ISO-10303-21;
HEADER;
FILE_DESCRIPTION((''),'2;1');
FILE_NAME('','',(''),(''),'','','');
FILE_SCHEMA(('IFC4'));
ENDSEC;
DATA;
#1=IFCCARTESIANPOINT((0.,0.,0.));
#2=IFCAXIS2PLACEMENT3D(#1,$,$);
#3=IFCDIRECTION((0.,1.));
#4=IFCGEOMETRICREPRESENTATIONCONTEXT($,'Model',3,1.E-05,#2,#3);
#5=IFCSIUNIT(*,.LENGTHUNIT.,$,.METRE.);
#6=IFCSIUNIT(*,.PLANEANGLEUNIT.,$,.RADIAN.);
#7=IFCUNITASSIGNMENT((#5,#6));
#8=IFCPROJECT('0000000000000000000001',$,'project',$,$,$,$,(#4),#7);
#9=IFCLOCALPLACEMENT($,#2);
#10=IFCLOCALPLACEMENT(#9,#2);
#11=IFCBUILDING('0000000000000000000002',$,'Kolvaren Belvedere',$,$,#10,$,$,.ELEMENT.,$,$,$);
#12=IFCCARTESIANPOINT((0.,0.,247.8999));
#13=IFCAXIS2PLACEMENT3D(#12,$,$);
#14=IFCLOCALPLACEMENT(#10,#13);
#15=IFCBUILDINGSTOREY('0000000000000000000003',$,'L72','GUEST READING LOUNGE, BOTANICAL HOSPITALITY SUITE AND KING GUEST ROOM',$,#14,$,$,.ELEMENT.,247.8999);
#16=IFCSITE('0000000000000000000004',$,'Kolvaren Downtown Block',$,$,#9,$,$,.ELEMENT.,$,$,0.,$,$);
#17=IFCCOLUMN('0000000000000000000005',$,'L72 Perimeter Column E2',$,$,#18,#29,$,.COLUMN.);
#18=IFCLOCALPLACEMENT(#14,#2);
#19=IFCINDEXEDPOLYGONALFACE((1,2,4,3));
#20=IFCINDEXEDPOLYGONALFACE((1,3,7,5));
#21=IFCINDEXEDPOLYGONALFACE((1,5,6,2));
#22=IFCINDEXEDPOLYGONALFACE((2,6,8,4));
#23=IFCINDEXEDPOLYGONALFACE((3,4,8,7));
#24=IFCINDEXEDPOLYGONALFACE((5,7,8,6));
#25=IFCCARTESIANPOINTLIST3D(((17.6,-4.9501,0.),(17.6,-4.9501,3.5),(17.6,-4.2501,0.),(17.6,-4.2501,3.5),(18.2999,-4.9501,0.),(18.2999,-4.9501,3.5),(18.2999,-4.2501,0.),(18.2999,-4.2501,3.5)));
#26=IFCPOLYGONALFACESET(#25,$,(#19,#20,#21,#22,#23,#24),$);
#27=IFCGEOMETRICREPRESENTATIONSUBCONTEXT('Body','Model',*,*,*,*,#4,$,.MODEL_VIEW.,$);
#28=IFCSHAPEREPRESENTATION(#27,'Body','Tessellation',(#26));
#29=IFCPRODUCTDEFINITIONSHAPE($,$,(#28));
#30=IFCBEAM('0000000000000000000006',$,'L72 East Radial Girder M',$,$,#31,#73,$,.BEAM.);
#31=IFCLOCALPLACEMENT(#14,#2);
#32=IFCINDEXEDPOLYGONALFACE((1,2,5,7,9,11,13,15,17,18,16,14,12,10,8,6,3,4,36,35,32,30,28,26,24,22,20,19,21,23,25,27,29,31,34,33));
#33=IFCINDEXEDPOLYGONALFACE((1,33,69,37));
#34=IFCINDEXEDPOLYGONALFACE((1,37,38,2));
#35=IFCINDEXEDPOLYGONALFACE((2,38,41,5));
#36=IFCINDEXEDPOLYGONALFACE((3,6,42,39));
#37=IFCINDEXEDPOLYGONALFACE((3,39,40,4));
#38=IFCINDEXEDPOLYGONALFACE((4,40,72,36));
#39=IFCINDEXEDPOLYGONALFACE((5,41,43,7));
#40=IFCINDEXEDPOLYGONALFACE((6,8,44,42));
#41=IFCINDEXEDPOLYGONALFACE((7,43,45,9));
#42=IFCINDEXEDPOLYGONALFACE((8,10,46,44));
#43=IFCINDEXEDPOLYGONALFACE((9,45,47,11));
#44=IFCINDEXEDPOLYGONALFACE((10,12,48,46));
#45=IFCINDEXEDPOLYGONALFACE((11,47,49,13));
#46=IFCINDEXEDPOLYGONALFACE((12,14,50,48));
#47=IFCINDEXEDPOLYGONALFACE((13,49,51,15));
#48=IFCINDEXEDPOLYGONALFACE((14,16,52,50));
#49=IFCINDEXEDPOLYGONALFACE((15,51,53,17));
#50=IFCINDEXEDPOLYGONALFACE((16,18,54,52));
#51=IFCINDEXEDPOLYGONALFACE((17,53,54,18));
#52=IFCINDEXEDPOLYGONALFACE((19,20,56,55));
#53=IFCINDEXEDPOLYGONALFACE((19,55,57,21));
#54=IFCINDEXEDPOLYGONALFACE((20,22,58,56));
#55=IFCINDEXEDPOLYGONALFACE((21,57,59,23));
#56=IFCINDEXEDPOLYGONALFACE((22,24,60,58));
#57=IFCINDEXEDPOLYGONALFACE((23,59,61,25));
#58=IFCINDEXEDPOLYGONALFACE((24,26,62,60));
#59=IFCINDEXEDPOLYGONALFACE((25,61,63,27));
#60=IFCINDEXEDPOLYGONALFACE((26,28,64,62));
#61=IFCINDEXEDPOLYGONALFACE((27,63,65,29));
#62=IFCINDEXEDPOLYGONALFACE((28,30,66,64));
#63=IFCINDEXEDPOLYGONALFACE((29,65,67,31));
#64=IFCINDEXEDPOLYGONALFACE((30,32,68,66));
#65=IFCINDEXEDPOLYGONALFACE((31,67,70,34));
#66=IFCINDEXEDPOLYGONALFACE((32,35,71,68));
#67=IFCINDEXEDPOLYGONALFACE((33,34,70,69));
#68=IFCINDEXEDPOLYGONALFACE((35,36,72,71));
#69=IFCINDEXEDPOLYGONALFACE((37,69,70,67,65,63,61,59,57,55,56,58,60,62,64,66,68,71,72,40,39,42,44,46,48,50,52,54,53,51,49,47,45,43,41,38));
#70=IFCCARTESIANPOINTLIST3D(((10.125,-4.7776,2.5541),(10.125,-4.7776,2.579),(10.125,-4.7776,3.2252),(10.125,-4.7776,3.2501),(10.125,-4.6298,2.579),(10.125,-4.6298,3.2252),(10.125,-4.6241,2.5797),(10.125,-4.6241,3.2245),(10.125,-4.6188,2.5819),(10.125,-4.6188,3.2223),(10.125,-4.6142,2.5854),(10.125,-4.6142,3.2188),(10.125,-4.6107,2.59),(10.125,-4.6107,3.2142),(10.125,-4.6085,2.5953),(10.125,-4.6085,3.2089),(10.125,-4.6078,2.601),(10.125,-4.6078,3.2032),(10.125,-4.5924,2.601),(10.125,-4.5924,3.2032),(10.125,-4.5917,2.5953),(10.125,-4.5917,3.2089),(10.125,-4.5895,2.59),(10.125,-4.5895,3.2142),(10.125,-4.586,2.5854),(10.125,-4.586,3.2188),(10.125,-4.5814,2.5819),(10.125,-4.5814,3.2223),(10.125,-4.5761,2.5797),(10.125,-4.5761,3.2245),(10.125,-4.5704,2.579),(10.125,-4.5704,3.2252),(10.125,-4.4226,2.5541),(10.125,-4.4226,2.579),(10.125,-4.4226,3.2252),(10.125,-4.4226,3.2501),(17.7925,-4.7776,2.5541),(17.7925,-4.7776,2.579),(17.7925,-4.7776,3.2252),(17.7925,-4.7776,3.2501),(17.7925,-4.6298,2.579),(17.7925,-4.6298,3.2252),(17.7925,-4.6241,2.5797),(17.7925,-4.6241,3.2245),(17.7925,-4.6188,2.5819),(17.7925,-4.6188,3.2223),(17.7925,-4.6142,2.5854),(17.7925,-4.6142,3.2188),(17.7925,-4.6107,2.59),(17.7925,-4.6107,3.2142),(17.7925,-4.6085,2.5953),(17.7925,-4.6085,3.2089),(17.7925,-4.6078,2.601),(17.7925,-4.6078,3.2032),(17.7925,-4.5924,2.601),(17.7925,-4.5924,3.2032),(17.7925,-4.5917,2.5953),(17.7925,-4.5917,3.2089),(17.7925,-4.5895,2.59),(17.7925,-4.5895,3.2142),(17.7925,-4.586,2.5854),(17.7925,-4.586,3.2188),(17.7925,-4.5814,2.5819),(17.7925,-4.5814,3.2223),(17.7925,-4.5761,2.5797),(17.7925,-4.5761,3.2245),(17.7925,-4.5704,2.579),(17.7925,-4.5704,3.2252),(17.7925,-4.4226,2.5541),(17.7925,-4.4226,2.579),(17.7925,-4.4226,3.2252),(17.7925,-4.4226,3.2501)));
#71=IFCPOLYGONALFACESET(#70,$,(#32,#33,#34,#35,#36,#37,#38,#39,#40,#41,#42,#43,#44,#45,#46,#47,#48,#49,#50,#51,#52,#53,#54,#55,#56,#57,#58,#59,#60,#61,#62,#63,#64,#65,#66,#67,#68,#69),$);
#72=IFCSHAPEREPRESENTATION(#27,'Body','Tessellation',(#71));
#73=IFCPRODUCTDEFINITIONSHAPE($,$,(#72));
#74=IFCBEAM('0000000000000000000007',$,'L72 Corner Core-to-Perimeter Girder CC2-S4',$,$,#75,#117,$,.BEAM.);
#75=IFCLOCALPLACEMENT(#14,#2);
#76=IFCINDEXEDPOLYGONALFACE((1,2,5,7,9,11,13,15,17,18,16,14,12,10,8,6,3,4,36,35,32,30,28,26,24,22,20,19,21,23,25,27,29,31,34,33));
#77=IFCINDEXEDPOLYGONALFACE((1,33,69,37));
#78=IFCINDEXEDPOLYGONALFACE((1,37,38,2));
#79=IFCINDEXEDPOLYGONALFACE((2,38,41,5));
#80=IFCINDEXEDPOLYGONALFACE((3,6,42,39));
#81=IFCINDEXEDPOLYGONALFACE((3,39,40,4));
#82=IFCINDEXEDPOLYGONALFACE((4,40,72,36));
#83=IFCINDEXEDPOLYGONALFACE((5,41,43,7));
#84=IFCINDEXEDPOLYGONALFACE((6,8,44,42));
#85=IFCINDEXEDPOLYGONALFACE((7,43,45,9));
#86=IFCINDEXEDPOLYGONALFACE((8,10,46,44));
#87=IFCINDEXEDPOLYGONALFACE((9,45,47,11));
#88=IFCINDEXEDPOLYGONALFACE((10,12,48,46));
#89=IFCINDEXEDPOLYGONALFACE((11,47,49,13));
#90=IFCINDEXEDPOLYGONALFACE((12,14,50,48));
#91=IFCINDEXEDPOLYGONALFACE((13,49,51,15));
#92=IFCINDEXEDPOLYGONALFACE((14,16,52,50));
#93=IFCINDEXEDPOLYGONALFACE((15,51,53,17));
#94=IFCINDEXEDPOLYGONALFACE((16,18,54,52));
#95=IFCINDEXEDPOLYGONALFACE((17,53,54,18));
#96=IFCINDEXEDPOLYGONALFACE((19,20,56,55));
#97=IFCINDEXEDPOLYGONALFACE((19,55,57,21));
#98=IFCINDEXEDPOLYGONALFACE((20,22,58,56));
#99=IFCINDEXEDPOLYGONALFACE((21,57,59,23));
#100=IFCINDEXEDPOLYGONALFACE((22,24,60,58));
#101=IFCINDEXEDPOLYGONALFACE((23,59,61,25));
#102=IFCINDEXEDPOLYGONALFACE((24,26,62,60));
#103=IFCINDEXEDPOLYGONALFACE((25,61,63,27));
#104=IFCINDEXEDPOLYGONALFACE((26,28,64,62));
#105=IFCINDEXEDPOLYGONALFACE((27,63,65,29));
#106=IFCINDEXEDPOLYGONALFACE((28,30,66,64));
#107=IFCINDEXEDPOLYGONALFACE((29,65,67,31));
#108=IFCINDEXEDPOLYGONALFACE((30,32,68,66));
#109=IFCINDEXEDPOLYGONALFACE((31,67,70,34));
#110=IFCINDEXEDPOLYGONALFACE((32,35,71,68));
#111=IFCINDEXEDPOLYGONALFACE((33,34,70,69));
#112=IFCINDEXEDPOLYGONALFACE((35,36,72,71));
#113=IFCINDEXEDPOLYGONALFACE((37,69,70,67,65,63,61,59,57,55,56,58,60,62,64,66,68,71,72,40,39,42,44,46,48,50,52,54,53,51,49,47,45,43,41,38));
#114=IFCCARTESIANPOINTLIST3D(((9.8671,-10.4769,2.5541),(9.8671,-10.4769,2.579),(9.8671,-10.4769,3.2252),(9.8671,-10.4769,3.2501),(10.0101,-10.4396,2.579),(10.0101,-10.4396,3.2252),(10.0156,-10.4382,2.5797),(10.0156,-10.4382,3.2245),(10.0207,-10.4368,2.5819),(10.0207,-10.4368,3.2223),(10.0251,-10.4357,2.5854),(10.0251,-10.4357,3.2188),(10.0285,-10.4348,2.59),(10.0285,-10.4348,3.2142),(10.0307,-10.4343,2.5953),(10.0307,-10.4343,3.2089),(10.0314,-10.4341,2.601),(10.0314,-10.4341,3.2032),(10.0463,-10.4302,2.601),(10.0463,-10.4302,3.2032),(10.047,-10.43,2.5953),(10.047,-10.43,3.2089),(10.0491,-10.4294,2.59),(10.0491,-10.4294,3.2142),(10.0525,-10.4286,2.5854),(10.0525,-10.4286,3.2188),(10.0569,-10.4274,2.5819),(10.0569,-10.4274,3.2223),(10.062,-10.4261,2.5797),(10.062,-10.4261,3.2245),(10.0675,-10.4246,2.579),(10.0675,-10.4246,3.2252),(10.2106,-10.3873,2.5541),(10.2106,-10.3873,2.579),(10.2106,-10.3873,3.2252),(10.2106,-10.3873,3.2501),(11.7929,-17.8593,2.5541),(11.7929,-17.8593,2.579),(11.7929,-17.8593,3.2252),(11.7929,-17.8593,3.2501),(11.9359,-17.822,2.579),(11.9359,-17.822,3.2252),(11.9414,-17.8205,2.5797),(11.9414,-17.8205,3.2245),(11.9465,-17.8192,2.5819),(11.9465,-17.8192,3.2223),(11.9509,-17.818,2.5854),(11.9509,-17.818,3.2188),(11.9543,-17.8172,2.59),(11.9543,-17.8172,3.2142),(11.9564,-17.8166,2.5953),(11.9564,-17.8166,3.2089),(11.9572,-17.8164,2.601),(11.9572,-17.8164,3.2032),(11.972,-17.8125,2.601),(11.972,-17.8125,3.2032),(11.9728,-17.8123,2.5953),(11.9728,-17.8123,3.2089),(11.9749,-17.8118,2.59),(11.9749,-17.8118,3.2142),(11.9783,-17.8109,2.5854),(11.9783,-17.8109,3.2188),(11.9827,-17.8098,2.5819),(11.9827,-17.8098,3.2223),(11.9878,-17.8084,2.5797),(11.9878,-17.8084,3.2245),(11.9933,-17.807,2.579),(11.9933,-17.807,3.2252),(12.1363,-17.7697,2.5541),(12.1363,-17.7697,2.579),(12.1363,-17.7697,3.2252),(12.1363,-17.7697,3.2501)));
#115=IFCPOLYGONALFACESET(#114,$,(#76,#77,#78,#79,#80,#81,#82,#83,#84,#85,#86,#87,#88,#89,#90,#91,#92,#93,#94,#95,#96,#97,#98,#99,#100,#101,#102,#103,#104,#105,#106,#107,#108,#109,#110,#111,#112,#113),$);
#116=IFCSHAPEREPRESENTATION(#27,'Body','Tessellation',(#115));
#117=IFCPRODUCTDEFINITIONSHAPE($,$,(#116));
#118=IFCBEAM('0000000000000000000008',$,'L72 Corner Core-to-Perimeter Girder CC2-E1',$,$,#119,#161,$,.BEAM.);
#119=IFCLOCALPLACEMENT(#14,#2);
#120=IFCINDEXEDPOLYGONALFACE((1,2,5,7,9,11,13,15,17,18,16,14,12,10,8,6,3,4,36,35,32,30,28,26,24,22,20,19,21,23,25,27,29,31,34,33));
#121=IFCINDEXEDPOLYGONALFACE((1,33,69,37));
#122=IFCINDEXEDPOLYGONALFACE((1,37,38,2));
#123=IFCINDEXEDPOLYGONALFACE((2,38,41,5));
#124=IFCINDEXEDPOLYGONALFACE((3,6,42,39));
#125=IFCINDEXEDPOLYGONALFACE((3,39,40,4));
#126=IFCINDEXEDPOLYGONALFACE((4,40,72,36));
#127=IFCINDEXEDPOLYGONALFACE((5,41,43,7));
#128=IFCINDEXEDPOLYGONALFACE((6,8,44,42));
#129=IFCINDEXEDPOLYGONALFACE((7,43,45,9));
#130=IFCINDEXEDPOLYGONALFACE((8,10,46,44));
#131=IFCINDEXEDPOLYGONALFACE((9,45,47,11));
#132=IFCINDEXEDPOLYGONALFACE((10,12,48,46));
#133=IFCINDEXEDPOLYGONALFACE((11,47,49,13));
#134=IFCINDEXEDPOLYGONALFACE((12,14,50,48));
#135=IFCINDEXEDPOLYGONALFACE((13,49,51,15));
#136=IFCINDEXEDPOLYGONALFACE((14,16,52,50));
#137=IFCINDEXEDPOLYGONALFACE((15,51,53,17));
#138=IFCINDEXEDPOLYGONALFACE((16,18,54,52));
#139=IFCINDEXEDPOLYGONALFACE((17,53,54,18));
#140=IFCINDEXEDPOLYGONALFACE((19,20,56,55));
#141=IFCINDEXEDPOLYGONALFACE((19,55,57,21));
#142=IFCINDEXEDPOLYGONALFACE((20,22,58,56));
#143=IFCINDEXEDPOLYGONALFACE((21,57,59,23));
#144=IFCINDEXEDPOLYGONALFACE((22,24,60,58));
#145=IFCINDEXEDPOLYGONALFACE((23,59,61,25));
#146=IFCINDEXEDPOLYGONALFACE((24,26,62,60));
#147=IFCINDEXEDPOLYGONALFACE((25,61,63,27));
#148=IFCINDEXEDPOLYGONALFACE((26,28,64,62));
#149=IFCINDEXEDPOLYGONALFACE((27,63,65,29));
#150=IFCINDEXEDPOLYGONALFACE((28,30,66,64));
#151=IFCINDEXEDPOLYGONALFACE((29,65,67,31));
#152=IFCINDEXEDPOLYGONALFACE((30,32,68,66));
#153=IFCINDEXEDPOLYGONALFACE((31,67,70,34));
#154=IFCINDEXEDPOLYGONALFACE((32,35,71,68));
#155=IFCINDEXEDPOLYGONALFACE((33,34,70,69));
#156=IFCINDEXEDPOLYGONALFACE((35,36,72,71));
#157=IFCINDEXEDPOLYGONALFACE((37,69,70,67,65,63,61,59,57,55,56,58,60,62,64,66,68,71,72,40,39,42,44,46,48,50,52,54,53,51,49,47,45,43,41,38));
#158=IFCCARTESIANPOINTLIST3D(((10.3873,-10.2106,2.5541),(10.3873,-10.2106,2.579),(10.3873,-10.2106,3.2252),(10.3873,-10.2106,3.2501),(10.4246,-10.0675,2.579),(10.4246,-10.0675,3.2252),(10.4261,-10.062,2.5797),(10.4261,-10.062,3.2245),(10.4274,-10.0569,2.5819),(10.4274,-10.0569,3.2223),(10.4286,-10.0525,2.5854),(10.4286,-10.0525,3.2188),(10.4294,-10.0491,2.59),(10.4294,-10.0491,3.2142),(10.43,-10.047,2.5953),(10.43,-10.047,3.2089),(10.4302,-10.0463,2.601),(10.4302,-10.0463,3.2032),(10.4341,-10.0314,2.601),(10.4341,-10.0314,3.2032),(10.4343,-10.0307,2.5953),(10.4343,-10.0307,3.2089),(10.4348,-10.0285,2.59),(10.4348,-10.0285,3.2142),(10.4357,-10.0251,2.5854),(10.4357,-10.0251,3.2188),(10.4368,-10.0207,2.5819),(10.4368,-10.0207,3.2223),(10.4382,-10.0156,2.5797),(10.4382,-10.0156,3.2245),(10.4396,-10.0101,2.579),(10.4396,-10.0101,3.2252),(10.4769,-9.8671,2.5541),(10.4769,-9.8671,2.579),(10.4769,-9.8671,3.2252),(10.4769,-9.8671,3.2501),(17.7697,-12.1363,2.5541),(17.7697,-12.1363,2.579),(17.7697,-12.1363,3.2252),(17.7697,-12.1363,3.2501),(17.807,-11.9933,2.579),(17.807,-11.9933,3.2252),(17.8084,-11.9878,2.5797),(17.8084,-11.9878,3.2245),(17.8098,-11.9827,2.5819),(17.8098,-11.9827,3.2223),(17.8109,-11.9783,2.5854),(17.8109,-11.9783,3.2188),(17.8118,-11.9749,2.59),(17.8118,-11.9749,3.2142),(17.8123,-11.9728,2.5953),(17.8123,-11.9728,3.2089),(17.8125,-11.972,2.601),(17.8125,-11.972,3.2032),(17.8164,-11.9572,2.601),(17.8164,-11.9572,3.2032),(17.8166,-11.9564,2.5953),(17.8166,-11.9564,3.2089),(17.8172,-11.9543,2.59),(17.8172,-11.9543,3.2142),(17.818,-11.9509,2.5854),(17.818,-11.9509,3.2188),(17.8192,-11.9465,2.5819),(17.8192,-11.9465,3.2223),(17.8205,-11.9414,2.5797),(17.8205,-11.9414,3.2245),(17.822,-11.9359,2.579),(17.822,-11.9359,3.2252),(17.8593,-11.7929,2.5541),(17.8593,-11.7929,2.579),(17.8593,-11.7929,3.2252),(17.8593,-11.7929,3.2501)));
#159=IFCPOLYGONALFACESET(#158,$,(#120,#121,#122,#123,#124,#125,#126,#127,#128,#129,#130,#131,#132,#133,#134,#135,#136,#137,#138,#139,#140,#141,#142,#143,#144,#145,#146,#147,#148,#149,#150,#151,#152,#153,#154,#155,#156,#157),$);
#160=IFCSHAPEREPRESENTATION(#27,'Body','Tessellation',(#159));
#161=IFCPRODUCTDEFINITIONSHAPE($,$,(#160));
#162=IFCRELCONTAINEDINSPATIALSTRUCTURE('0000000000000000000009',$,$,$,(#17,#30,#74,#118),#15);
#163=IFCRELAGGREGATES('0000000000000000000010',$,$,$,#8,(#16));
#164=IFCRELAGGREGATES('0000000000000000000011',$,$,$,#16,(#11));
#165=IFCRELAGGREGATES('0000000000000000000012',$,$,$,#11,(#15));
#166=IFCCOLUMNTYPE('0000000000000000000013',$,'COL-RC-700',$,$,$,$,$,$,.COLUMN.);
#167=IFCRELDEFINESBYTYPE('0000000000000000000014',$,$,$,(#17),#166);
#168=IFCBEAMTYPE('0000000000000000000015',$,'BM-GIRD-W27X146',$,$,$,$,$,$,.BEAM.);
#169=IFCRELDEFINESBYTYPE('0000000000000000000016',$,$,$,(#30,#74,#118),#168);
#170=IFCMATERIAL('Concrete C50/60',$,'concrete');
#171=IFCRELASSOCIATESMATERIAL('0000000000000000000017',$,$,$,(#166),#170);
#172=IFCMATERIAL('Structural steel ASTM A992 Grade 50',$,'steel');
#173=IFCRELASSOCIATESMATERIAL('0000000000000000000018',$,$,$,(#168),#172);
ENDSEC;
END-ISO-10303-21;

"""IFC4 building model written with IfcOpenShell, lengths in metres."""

from ifc_helpers import new_model, si_unit, direction, frame, origin, origin_2d, place, context, subcontext, project, spatial, rectangle, i_section, extrude, material, material_profile, profile_set, type_object, element, save


model = new_model("IFC4")

# Units and contexts
model_context = context("Model", 3, precision=1e-05, world=origin(), true_north=direction((0.0, 1.0)))
body_context = subcontext(model_context, "Body", "Model", "MODEL_VIEW")
ifc_project = project(units=[si_unit("LENGTHUNIT", "METRE"), si_unit("PLANEANGLEUNIT", "RADIAN")], contexts=[model_context])

# Site, building, storey
site_placement = place(None, origin())
site = spatial("IfcSite", under=ifc_project, at=site_placement, Name="Kolvaren Downtown Block", CompositionType="ELEMENT", RefElevation=0.0)
building_placement = place(site_placement, origin())
building = spatial("IfcBuilding", under=site, at=building_placement, Name="Kolvaren Belvedere", CompositionType="ELEMENT")
storey_placement = place(building_placement, frame((0.0, 0.0, 247.8999)))
storey = spatial("IfcBuildingStorey", under=building, at=storey_placement, Name="L72", Description="GUEST READING LOUNGE, BOTANICAL HOSPITALITY SUITE AND KING GUEST ROOM", CompositionType="ELEMENT", Elevation=247.8999)

# Column
ifc_material_1 = material(Name="Concrete C50/60", Category="concrete")
ifc_material_profile_1 = material_profile(ifc_material_1, rectangle(XDim=0.7, YDim=0.7, at=origin_2d()), Name="RC 700X700")
ifc_profile_set_1 = profile_set([ifc_material_profile_1], Name="Concrete C50/60")
column_type = type_object("IfcColumnType", Name="COL-RC-700", PredefinedType="COLUMN", material=ifc_profile_set_1)
column_placement = place(storey_placement, frame((17.95, -4.6001, 0.0), z_axis=(0.0, 0.0, 1.0), x_axis=(1.0, 0.0, 0.0)))
element("IfcColumn", 1, at=column_placement, inside=storey, type_object=column_type, Name="L72 Perimeter Column E2", PredefinedType="COLUMN", context=body_context, shape_type="SweptSolid", body=[
    extrude(rectangle(XDim=0.7, YDim=0.7, at=origin_2d()), origin(), (0.0, 0.0, 1.0), 3.5),
])

# Beams
ifc_material_2 = material(Name="Structural steel ASTM A992 Grade 50", Category="steel")
ifc_material_profile_2 = material_profile(ifc_material_2, i_section(OverallWidth=0.355, OverallDepth=0.696, WebThickness=0.0154, FlangeThickness=0.0249, FilletRadius=0.022, at=origin_2d()), Name="W27X146")
ifc_profile_set_2 = profile_set([ifc_material_profile_2], Name="Structural steel ASTM A992 Grade 50")
beam_type_1 = type_object("IfcBeamType", Name="BM-GIRD-W27X146", PredefinedType="BEAM", material=ifc_profile_set_2)
beam_1_placement = place(storey_placement, frame((10.125, -4.6001, 2.9021), z_axis=(1.0, 0.0, 0.0), x_axis=(0.0, 1.0, 0.0)))
element("IfcBeam", 2, at=beam_1_placement, inside=storey, type_object=beam_type_1, Name="L72 East Radial Girder M", PredefinedType="BEAM", context=body_context, shape_type="SweptSolid", body=[
    extrude(i_section(OverallWidth=0.355, OverallDepth=0.696, WebThickness=0.0154, FlangeThickness=0.0249, FilletRadius=0.022, at=origin_2d()), origin(), (0.0, 0.0, 1.0), 7.6675),
])
for number, where, z_axis, x_axis, name in (
    (3, (10.0388, -10.4321, 2.9021), (0.252417, -0.967619, 0.0), (0.967619, 0.252417, 0.0), "L72 Corner Core-to-Perimeter Girder CC2-S4"),
    (4, (10.4321, -10.0388, 2.9021), (0.967619, -0.252417, 0.0), (0.252417, 0.967619, 0.0), "L72 Corner Core-to-Perimeter Girder CC2-E1"),
):
    element("IfcBeam", number, at=place(storey_placement, frame(where, z_axis=z_axis, x_axis=x_axis)), inside=storey, type_object=beam_type_1, Name=name, PredefinedType="BEAM", context=body_context, shape_type="SweptSolid", body=[
        extrude(i_section(OverallWidth=0.355, OverallDepth=0.696, WebThickness=0.0154, FlangeThickness=0.0249, FilletRadius=0.022, at=origin_2d()), origin(), (0.0, 0.0, 1.0), 7.6294),
    ])

save(model, "model.ifc")
